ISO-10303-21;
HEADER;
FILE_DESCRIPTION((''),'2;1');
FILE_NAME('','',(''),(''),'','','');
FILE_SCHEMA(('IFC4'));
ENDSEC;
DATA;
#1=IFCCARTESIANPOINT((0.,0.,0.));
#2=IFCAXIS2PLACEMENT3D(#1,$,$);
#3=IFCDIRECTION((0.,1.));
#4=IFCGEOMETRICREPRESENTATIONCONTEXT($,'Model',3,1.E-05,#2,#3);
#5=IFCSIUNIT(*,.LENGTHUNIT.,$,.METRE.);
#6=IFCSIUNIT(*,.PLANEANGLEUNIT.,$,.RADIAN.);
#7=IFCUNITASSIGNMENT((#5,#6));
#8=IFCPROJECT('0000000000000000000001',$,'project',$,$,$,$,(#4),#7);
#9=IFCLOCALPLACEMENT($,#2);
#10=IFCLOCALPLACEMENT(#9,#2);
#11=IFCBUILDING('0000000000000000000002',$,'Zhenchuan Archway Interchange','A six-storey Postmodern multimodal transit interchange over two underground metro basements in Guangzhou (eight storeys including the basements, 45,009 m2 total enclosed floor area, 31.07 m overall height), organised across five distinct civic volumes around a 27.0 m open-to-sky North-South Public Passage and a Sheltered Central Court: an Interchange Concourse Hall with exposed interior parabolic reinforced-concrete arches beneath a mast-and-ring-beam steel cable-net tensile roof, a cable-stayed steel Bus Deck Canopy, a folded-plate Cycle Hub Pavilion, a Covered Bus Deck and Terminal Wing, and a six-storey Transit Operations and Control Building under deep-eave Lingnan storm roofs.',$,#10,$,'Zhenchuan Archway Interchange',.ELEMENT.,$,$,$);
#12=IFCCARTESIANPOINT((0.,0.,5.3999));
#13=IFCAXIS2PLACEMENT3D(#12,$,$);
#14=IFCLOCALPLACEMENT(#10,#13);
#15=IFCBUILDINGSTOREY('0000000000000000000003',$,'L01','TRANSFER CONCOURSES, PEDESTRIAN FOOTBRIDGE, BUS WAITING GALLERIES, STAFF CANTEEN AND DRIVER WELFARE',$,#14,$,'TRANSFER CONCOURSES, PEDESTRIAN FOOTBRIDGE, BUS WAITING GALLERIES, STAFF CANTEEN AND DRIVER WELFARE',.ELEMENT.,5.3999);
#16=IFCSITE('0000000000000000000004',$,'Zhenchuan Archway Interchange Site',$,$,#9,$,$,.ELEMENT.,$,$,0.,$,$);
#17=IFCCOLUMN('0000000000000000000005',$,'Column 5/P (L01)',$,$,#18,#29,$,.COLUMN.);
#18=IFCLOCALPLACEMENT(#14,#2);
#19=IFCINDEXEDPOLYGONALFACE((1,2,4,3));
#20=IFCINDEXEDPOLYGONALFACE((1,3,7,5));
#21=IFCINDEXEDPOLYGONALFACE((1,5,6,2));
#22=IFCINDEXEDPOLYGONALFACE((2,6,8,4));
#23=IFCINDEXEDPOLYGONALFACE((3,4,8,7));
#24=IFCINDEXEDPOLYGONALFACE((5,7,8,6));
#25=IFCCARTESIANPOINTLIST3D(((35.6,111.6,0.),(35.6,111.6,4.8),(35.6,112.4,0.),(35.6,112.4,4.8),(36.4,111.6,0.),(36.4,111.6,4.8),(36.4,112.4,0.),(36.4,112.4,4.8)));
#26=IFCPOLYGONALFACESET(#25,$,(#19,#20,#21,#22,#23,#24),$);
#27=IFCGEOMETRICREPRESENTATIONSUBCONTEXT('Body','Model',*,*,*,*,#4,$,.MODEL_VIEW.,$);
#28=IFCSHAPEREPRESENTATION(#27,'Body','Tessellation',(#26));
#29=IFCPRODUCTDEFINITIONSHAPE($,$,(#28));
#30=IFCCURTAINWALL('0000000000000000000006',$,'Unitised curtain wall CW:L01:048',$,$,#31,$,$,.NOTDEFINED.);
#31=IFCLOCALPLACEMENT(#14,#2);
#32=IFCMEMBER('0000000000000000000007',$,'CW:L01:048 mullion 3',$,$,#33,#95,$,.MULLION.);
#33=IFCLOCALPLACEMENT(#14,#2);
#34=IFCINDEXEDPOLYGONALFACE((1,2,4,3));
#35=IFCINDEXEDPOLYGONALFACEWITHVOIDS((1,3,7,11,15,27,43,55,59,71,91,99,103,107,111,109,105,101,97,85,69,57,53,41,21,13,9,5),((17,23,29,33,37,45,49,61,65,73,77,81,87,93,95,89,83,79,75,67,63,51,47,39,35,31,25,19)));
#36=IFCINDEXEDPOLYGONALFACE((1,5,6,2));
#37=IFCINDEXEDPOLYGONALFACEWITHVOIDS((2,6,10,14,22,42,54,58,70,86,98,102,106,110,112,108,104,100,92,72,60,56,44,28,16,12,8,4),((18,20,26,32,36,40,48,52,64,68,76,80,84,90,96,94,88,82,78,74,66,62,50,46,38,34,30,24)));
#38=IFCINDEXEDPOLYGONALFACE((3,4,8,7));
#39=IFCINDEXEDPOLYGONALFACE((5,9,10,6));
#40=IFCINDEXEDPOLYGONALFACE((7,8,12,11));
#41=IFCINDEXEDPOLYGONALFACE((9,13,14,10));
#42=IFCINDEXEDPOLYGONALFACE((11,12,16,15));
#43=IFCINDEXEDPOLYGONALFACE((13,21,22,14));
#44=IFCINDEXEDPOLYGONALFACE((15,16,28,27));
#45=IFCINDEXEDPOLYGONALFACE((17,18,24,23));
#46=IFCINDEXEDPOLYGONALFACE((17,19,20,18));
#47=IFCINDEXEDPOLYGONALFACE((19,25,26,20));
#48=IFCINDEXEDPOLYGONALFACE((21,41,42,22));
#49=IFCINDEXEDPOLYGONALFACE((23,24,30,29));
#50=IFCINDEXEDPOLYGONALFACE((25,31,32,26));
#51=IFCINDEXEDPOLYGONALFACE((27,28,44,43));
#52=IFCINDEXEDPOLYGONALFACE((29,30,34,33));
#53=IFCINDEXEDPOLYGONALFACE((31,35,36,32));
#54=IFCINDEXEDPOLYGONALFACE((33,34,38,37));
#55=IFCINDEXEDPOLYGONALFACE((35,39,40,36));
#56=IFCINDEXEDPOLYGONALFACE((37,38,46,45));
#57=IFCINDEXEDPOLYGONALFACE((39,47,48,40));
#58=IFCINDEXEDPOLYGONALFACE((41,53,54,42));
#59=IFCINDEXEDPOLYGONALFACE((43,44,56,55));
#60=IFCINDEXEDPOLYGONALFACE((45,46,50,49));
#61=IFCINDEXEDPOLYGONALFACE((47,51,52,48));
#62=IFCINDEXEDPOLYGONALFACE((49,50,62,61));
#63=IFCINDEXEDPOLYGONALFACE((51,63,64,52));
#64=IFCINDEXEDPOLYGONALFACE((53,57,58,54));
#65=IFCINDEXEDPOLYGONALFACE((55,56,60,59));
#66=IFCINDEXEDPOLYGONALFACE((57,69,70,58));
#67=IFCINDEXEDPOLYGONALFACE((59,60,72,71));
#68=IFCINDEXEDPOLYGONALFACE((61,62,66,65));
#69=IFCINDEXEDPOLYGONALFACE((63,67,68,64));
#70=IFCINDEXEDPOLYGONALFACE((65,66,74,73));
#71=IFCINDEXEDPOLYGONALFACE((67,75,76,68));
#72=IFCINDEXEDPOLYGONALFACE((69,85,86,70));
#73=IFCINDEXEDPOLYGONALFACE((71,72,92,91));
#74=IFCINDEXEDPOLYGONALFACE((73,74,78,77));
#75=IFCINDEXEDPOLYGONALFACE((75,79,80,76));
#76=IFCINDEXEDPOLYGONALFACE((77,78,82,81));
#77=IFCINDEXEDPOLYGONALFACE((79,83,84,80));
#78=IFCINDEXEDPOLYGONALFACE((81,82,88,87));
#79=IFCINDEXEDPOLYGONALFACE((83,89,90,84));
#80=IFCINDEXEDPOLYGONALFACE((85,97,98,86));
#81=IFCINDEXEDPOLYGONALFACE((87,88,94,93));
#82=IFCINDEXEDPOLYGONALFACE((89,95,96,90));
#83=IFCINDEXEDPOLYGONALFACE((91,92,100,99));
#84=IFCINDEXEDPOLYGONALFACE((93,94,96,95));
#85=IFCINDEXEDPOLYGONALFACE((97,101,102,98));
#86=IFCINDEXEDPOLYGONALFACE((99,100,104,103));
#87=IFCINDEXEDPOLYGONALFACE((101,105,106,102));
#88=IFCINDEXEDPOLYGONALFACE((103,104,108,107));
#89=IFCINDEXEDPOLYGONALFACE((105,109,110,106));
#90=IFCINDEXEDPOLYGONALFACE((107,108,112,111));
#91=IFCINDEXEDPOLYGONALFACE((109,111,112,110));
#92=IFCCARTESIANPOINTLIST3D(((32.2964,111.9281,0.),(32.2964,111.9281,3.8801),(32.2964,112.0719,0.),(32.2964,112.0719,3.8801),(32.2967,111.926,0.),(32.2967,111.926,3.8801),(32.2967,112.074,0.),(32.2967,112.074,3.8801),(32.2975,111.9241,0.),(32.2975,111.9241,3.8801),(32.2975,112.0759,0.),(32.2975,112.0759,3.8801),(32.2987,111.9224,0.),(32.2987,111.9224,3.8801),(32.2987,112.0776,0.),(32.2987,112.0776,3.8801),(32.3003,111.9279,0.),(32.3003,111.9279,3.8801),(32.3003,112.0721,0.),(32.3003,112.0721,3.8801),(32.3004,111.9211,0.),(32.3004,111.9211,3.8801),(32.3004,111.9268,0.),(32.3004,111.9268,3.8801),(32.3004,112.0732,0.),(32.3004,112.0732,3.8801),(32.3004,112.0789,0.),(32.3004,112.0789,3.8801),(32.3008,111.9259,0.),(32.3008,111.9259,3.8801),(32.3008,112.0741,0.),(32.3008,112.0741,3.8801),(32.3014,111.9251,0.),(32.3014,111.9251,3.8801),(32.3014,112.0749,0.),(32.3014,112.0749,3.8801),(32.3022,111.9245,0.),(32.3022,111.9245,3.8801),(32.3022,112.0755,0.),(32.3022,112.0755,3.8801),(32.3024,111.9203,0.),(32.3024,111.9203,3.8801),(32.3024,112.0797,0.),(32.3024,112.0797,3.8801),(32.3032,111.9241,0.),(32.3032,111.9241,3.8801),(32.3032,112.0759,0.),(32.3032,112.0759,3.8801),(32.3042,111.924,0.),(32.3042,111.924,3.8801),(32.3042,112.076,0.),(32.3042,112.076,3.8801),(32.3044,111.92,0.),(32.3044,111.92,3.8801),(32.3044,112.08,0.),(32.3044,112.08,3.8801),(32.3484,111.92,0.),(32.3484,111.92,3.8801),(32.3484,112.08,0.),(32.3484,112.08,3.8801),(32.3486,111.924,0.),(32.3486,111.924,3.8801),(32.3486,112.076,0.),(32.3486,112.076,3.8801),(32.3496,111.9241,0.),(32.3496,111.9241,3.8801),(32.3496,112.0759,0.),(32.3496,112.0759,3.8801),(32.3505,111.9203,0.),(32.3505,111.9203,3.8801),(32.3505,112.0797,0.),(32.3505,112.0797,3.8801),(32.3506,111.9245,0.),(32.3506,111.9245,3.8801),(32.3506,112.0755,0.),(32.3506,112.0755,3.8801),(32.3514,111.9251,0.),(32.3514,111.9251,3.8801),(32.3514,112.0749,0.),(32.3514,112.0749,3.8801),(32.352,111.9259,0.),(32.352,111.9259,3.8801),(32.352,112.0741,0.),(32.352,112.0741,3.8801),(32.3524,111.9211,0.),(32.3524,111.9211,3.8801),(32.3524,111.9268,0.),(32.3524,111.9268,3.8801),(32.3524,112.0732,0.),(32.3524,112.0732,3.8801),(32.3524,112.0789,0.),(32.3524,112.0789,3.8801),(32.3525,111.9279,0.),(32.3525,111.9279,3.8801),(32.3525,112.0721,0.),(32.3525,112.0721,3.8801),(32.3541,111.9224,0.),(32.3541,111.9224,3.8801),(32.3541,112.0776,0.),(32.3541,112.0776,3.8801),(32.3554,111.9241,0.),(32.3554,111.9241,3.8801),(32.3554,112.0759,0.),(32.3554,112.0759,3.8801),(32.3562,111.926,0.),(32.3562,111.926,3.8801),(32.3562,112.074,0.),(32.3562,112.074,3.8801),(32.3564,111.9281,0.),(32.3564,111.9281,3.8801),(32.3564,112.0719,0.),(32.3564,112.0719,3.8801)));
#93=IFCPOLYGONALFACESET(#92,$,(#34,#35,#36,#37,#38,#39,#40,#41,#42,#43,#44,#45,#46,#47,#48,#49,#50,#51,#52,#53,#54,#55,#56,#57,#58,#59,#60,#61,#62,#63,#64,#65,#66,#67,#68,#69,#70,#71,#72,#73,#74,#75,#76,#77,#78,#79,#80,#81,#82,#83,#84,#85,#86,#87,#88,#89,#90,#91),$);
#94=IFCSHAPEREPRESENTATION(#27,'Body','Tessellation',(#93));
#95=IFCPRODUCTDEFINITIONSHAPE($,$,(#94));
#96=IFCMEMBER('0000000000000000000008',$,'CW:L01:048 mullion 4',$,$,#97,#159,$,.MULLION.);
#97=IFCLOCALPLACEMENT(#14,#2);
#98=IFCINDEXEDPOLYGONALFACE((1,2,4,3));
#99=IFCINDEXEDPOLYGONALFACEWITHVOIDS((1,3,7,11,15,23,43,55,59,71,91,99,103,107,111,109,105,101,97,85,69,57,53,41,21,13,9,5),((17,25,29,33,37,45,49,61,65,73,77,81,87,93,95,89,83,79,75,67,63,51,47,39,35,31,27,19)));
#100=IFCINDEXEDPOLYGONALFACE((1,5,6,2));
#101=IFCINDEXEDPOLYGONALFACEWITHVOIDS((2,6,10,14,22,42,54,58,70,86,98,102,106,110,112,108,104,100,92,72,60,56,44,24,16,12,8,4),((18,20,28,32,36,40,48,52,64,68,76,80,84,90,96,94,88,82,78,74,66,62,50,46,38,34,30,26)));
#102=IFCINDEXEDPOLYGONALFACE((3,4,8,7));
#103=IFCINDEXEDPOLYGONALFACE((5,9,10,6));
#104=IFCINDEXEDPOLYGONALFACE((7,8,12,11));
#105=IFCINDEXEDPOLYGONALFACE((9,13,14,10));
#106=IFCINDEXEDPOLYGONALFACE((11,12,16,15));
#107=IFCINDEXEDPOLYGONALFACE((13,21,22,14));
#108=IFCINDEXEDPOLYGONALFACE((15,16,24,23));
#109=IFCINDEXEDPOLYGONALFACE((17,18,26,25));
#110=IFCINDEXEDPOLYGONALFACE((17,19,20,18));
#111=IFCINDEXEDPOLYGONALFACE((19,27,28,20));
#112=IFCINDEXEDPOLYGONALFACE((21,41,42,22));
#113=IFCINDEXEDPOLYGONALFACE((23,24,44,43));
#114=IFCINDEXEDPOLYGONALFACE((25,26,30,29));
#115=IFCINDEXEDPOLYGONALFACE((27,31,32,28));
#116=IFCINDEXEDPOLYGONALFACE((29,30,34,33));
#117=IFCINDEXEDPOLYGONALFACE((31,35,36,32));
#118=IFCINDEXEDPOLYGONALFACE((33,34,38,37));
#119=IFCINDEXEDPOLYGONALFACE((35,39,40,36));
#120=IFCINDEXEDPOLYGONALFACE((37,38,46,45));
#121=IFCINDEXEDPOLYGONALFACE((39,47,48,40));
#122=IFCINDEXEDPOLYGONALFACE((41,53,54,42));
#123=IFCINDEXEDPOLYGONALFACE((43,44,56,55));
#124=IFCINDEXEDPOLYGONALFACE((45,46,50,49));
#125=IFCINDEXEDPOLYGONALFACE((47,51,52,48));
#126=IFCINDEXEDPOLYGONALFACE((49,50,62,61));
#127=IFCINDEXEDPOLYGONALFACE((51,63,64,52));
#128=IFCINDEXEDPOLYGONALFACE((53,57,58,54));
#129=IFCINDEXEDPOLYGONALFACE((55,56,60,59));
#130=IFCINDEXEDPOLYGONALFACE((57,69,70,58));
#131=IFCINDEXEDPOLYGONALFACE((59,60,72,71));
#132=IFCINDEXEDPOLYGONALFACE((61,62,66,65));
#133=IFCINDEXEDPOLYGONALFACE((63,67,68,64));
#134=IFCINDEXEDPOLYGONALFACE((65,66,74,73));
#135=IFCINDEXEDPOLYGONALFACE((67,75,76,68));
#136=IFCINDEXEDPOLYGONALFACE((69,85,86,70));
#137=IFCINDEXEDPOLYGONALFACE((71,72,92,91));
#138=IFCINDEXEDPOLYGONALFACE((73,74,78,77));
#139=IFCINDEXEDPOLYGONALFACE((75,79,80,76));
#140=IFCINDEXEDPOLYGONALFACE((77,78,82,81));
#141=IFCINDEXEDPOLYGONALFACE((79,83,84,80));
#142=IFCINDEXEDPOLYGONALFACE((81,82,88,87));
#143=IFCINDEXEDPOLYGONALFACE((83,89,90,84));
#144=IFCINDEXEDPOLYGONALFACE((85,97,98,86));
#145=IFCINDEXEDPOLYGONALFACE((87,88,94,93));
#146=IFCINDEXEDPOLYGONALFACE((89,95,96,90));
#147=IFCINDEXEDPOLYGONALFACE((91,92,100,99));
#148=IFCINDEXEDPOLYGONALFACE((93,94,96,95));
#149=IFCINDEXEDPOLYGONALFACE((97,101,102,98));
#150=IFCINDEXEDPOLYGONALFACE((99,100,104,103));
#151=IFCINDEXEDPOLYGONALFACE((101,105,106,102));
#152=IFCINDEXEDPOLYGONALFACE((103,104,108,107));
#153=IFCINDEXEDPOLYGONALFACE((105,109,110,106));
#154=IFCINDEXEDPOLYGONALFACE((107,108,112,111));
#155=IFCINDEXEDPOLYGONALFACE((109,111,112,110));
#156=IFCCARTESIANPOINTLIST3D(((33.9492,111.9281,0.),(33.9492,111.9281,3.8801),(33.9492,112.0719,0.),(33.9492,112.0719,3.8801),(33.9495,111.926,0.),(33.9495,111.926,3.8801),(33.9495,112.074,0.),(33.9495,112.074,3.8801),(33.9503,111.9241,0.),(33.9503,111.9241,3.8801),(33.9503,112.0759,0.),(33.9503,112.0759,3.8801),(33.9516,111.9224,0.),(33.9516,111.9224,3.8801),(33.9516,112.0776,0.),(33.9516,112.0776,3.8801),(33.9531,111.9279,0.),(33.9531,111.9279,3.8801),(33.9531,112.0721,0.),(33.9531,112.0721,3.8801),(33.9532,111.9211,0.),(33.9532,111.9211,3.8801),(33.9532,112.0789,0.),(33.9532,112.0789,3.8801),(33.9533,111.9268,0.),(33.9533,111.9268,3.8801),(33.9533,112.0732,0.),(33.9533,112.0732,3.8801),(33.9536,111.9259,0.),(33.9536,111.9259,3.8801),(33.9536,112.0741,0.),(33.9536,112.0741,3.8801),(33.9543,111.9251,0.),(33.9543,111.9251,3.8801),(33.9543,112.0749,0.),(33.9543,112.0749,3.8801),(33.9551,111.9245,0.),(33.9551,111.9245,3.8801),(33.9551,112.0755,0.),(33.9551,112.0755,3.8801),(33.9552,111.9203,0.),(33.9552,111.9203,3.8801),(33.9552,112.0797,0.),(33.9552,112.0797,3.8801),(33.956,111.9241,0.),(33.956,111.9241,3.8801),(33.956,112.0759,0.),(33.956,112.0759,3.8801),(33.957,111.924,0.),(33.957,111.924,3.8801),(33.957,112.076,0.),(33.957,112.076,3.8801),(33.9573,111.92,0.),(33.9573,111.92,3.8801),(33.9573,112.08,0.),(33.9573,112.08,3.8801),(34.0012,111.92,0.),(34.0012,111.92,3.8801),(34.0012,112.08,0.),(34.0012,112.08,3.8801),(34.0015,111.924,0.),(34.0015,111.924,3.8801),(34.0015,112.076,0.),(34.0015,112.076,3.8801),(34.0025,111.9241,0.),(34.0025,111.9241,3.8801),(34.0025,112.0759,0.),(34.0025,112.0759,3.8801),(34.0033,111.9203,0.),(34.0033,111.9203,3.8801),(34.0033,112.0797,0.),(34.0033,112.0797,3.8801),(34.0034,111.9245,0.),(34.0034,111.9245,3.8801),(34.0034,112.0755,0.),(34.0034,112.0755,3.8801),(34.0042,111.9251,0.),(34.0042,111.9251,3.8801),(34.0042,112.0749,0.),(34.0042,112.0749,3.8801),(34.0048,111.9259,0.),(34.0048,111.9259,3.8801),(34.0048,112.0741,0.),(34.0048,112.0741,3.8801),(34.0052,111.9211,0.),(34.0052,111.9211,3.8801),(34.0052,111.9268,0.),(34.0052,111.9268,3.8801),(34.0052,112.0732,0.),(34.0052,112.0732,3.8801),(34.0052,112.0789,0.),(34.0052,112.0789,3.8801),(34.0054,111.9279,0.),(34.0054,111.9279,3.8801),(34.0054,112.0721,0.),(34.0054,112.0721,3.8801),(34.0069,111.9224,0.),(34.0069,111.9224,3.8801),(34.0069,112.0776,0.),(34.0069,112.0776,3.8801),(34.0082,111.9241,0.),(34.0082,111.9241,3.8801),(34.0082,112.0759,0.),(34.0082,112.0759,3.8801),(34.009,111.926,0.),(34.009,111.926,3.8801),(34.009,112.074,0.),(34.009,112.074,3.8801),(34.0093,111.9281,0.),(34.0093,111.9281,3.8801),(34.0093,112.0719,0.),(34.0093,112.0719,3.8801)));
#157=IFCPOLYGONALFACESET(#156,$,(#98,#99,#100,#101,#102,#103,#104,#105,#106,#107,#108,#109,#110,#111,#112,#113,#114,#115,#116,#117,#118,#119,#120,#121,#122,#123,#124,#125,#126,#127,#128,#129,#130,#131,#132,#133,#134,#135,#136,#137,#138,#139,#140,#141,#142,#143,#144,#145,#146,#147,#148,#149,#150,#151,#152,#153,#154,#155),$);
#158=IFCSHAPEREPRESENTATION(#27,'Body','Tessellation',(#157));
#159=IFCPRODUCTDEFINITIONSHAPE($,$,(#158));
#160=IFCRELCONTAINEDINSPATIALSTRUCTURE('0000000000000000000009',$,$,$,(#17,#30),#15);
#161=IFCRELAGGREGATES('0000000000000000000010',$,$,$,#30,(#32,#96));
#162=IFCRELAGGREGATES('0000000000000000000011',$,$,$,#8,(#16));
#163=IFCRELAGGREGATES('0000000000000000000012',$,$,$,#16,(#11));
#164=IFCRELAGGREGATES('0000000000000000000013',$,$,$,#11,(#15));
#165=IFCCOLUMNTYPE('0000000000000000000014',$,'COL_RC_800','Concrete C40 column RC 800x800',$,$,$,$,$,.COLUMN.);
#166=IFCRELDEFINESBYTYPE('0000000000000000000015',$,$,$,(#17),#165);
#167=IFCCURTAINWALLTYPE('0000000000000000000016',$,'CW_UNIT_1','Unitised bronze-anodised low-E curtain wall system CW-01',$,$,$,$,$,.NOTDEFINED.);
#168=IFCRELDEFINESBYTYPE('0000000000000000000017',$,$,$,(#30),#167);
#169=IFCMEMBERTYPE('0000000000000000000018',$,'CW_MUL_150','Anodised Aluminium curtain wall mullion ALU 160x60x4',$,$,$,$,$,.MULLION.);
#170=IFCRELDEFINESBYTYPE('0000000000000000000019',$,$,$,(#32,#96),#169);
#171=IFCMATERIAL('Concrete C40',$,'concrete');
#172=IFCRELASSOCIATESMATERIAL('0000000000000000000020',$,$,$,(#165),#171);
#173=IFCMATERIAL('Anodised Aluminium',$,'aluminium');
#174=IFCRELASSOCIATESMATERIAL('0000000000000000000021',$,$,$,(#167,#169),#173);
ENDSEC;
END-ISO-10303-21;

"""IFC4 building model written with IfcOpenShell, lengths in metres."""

from ifc_helpers import new_model, si_unit, direction, frame, origin, origin_2d, place, context, subcontext, project, spatial, rectangle, hollow_rectangle, extrude, material, material_profile, profile_set, type_object, element, aggregate, save


model = new_model("IFC4")

# Units and contexts
model_context = context("Model", 3, precision=1e-05, world=origin(), true_north=direction((0.0, 1.0)))
body_context = subcontext(model_context, "Body", "Model", "MODEL_VIEW")
ifc_project = project(units=[si_unit("LENGTHUNIT", "METRE"), si_unit("PLANEANGLEUNIT", "RADIAN")], contexts=[model_context])

# Site, building, storey
site_placement = place(None, origin())
site = spatial("IfcSite", under=ifc_project, at=site_placement, Name="Zhenchuan Archway Interchange Site", CompositionType="ELEMENT", RefElevation=0.0)
building_placement = place(site_placement, origin())
building = spatial("IfcBuilding", under=site, at=building_placement, Name="Zhenchuan Archway Interchange", Description="A six-storey Postmodern multimodal transit interchange over two underground metro basements in Guangzhou (eight storeys including the basements, 45,009 m2 total enclosed floor area, 31.07 m overall height), organised across five distinct civic volumes around a 27.0 m open-to-sky North-South Public Passage and a Sheltered Central Court: an Interchange Concourse Hall with exposed interior parabolic reinforced-concrete arches beneath a mast-and-ring-beam steel cable-net tensile roof, a cable-stayed steel Bus Deck Canopy, a folded-plate Cycle Hub Pavilion, a Covered Bus Deck and Terminal Wing, and a six-storey Transit Operations and Control Building under deep-eave Lingnan storm roofs.", LongName="Zhenchuan Archway Interchange", CompositionType="ELEMENT")
storey_placement = place(building_placement, frame((0.0, 0.0, 5.3999)))
storey = spatial("IfcBuildingStorey", under=building, at=storey_placement, Name="L01", Description="TRANSFER CONCOURSES, PEDESTRIAN FOOTBRIDGE, BUS WAITING GALLERIES, STAFF CANTEEN AND DRIVER WELFARE", LongName="TRANSFER CONCOURSES, PEDESTRIAN FOOTBRIDGE, BUS WAITING GALLERIES, STAFF CANTEEN AND DRIVER WELFARE", CompositionType="ELEMENT", Elevation=5.3999)

# Column
ifc_material_1 = material(Name="Concrete C40", Category="concrete")
ifc_material_profile_1 = material_profile(ifc_material_1, rectangle(XDim=0.8, YDim=0.8, at=origin_2d()), Name="RC 800x800")
ifc_profile_set_1 = profile_set([ifc_material_profile_1], Name="Concrete C40")
column_type = type_object("IfcColumnType", Name="COL_RC_800", Description="Concrete C40 column RC 800x800", PredefinedType="COLUMN", material=ifc_profile_set_1)
column_placement = place(storey_placement, frame((36.0, 112.0, 0.0), z_axis=(0.0, 0.0, 1.0), x_axis=(1.0, 0.0, 0.0)))
element("IfcColumn", 1, at=column_placement, inside=storey, type_object=column_type, Name="Column 5/P (L01)", PredefinedType="COLUMN", context=body_context, shape_type="SweptSolid", body=[
    extrude(rectangle(XDim=0.8, YDim=0.8, at=origin_2d()), origin(), (0.0, 0.0, 1.0), 4.8),
])

# Curtain wall, members
ifc_material_2 = material(Name="Anodised Aluminium", Category="aluminium")
curtain_wall_type_1 = type_object("IfcCurtainWallType", Name="CW_UNIT_1", Description="Unitised bronze-anodised low-E curtain wall system CW-01", PredefinedType="NOTDEFINED", material=ifc_material_2)
curtain_wall_1_placement = place(storey_placement, origin())
curtain_wall_1 = element("IfcCurtainWall", 2, at=curtain_wall_1_placement, inside=storey, type_object=curtain_wall_type_1, Name="Unitised curtain wall CW:L01:048", PredefinedType="NOTDEFINED")
ifc_material_profile_2 = material_profile(ifc_material_2, hollow_rectangle(XDim=0.0601, YDim=0.1599, WallThickness=0.0039, InnerFilletRadius=0.0039, OuterFilletRadius=0.0081, at=origin_2d()), Name="ALU 160x60x4")
ifc_profile_set_2 = profile_set([ifc_material_profile_2], Name="Anodised Aluminium")
member_type_1 = type_object("IfcMemberType", Name="CW_MUL_150", Description="Anodised Aluminium curtain wall mullion ALU 160x60x4", PredefinedType="MULLION", material=ifc_profile_set_2)
member_1_placement = place(storey_placement, frame((32.3264, 112.0, 0.0), z_axis=(0.0, 0.0, 1.0), x_axis=(1.0, 0.0, 0.0)))
member_1 = element("IfcMember", 3, at=member_1_placement, type_object=member_type_1, Name="CW:L01:048 mullion 3", PredefinedType="MULLION", context=body_context, shape_type="SweptSolid", body=[
    extrude(hollow_rectangle(XDim=0.0601, YDim=0.1599, WallThickness=0.0039, InnerFilletRadius=0.0039, OuterFilletRadius=0.0081, at=origin_2d()), origin(), (0.0, 0.0, 1.0), 3.8801),
])
member_2_placement = place(storey_placement, frame((33.9792, 112.0, 0.0), z_axis=(0.0, 0.0, 1.0), x_axis=(1.0, 0.0, 0.0)))
member_2 = element("IfcMember", 4, at=member_2_placement, type_object=member_type_1, Name="CW:L01:048 mullion 4", PredefinedType="MULLION", context=body_context, shape_type="SweptSolid", body=[
    extrude(hollow_rectangle(XDim=0.0601, YDim=0.1599, WallThickness=0.0039, InnerFilletRadius=0.0039, OuterFilletRadius=0.0081, at=origin_2d()), origin(), (0.0, 0.0, 1.0), 3.8801),
])

aggregate(curtain_wall_1, [member_1, member_2])

save(model, "model.ifc")
